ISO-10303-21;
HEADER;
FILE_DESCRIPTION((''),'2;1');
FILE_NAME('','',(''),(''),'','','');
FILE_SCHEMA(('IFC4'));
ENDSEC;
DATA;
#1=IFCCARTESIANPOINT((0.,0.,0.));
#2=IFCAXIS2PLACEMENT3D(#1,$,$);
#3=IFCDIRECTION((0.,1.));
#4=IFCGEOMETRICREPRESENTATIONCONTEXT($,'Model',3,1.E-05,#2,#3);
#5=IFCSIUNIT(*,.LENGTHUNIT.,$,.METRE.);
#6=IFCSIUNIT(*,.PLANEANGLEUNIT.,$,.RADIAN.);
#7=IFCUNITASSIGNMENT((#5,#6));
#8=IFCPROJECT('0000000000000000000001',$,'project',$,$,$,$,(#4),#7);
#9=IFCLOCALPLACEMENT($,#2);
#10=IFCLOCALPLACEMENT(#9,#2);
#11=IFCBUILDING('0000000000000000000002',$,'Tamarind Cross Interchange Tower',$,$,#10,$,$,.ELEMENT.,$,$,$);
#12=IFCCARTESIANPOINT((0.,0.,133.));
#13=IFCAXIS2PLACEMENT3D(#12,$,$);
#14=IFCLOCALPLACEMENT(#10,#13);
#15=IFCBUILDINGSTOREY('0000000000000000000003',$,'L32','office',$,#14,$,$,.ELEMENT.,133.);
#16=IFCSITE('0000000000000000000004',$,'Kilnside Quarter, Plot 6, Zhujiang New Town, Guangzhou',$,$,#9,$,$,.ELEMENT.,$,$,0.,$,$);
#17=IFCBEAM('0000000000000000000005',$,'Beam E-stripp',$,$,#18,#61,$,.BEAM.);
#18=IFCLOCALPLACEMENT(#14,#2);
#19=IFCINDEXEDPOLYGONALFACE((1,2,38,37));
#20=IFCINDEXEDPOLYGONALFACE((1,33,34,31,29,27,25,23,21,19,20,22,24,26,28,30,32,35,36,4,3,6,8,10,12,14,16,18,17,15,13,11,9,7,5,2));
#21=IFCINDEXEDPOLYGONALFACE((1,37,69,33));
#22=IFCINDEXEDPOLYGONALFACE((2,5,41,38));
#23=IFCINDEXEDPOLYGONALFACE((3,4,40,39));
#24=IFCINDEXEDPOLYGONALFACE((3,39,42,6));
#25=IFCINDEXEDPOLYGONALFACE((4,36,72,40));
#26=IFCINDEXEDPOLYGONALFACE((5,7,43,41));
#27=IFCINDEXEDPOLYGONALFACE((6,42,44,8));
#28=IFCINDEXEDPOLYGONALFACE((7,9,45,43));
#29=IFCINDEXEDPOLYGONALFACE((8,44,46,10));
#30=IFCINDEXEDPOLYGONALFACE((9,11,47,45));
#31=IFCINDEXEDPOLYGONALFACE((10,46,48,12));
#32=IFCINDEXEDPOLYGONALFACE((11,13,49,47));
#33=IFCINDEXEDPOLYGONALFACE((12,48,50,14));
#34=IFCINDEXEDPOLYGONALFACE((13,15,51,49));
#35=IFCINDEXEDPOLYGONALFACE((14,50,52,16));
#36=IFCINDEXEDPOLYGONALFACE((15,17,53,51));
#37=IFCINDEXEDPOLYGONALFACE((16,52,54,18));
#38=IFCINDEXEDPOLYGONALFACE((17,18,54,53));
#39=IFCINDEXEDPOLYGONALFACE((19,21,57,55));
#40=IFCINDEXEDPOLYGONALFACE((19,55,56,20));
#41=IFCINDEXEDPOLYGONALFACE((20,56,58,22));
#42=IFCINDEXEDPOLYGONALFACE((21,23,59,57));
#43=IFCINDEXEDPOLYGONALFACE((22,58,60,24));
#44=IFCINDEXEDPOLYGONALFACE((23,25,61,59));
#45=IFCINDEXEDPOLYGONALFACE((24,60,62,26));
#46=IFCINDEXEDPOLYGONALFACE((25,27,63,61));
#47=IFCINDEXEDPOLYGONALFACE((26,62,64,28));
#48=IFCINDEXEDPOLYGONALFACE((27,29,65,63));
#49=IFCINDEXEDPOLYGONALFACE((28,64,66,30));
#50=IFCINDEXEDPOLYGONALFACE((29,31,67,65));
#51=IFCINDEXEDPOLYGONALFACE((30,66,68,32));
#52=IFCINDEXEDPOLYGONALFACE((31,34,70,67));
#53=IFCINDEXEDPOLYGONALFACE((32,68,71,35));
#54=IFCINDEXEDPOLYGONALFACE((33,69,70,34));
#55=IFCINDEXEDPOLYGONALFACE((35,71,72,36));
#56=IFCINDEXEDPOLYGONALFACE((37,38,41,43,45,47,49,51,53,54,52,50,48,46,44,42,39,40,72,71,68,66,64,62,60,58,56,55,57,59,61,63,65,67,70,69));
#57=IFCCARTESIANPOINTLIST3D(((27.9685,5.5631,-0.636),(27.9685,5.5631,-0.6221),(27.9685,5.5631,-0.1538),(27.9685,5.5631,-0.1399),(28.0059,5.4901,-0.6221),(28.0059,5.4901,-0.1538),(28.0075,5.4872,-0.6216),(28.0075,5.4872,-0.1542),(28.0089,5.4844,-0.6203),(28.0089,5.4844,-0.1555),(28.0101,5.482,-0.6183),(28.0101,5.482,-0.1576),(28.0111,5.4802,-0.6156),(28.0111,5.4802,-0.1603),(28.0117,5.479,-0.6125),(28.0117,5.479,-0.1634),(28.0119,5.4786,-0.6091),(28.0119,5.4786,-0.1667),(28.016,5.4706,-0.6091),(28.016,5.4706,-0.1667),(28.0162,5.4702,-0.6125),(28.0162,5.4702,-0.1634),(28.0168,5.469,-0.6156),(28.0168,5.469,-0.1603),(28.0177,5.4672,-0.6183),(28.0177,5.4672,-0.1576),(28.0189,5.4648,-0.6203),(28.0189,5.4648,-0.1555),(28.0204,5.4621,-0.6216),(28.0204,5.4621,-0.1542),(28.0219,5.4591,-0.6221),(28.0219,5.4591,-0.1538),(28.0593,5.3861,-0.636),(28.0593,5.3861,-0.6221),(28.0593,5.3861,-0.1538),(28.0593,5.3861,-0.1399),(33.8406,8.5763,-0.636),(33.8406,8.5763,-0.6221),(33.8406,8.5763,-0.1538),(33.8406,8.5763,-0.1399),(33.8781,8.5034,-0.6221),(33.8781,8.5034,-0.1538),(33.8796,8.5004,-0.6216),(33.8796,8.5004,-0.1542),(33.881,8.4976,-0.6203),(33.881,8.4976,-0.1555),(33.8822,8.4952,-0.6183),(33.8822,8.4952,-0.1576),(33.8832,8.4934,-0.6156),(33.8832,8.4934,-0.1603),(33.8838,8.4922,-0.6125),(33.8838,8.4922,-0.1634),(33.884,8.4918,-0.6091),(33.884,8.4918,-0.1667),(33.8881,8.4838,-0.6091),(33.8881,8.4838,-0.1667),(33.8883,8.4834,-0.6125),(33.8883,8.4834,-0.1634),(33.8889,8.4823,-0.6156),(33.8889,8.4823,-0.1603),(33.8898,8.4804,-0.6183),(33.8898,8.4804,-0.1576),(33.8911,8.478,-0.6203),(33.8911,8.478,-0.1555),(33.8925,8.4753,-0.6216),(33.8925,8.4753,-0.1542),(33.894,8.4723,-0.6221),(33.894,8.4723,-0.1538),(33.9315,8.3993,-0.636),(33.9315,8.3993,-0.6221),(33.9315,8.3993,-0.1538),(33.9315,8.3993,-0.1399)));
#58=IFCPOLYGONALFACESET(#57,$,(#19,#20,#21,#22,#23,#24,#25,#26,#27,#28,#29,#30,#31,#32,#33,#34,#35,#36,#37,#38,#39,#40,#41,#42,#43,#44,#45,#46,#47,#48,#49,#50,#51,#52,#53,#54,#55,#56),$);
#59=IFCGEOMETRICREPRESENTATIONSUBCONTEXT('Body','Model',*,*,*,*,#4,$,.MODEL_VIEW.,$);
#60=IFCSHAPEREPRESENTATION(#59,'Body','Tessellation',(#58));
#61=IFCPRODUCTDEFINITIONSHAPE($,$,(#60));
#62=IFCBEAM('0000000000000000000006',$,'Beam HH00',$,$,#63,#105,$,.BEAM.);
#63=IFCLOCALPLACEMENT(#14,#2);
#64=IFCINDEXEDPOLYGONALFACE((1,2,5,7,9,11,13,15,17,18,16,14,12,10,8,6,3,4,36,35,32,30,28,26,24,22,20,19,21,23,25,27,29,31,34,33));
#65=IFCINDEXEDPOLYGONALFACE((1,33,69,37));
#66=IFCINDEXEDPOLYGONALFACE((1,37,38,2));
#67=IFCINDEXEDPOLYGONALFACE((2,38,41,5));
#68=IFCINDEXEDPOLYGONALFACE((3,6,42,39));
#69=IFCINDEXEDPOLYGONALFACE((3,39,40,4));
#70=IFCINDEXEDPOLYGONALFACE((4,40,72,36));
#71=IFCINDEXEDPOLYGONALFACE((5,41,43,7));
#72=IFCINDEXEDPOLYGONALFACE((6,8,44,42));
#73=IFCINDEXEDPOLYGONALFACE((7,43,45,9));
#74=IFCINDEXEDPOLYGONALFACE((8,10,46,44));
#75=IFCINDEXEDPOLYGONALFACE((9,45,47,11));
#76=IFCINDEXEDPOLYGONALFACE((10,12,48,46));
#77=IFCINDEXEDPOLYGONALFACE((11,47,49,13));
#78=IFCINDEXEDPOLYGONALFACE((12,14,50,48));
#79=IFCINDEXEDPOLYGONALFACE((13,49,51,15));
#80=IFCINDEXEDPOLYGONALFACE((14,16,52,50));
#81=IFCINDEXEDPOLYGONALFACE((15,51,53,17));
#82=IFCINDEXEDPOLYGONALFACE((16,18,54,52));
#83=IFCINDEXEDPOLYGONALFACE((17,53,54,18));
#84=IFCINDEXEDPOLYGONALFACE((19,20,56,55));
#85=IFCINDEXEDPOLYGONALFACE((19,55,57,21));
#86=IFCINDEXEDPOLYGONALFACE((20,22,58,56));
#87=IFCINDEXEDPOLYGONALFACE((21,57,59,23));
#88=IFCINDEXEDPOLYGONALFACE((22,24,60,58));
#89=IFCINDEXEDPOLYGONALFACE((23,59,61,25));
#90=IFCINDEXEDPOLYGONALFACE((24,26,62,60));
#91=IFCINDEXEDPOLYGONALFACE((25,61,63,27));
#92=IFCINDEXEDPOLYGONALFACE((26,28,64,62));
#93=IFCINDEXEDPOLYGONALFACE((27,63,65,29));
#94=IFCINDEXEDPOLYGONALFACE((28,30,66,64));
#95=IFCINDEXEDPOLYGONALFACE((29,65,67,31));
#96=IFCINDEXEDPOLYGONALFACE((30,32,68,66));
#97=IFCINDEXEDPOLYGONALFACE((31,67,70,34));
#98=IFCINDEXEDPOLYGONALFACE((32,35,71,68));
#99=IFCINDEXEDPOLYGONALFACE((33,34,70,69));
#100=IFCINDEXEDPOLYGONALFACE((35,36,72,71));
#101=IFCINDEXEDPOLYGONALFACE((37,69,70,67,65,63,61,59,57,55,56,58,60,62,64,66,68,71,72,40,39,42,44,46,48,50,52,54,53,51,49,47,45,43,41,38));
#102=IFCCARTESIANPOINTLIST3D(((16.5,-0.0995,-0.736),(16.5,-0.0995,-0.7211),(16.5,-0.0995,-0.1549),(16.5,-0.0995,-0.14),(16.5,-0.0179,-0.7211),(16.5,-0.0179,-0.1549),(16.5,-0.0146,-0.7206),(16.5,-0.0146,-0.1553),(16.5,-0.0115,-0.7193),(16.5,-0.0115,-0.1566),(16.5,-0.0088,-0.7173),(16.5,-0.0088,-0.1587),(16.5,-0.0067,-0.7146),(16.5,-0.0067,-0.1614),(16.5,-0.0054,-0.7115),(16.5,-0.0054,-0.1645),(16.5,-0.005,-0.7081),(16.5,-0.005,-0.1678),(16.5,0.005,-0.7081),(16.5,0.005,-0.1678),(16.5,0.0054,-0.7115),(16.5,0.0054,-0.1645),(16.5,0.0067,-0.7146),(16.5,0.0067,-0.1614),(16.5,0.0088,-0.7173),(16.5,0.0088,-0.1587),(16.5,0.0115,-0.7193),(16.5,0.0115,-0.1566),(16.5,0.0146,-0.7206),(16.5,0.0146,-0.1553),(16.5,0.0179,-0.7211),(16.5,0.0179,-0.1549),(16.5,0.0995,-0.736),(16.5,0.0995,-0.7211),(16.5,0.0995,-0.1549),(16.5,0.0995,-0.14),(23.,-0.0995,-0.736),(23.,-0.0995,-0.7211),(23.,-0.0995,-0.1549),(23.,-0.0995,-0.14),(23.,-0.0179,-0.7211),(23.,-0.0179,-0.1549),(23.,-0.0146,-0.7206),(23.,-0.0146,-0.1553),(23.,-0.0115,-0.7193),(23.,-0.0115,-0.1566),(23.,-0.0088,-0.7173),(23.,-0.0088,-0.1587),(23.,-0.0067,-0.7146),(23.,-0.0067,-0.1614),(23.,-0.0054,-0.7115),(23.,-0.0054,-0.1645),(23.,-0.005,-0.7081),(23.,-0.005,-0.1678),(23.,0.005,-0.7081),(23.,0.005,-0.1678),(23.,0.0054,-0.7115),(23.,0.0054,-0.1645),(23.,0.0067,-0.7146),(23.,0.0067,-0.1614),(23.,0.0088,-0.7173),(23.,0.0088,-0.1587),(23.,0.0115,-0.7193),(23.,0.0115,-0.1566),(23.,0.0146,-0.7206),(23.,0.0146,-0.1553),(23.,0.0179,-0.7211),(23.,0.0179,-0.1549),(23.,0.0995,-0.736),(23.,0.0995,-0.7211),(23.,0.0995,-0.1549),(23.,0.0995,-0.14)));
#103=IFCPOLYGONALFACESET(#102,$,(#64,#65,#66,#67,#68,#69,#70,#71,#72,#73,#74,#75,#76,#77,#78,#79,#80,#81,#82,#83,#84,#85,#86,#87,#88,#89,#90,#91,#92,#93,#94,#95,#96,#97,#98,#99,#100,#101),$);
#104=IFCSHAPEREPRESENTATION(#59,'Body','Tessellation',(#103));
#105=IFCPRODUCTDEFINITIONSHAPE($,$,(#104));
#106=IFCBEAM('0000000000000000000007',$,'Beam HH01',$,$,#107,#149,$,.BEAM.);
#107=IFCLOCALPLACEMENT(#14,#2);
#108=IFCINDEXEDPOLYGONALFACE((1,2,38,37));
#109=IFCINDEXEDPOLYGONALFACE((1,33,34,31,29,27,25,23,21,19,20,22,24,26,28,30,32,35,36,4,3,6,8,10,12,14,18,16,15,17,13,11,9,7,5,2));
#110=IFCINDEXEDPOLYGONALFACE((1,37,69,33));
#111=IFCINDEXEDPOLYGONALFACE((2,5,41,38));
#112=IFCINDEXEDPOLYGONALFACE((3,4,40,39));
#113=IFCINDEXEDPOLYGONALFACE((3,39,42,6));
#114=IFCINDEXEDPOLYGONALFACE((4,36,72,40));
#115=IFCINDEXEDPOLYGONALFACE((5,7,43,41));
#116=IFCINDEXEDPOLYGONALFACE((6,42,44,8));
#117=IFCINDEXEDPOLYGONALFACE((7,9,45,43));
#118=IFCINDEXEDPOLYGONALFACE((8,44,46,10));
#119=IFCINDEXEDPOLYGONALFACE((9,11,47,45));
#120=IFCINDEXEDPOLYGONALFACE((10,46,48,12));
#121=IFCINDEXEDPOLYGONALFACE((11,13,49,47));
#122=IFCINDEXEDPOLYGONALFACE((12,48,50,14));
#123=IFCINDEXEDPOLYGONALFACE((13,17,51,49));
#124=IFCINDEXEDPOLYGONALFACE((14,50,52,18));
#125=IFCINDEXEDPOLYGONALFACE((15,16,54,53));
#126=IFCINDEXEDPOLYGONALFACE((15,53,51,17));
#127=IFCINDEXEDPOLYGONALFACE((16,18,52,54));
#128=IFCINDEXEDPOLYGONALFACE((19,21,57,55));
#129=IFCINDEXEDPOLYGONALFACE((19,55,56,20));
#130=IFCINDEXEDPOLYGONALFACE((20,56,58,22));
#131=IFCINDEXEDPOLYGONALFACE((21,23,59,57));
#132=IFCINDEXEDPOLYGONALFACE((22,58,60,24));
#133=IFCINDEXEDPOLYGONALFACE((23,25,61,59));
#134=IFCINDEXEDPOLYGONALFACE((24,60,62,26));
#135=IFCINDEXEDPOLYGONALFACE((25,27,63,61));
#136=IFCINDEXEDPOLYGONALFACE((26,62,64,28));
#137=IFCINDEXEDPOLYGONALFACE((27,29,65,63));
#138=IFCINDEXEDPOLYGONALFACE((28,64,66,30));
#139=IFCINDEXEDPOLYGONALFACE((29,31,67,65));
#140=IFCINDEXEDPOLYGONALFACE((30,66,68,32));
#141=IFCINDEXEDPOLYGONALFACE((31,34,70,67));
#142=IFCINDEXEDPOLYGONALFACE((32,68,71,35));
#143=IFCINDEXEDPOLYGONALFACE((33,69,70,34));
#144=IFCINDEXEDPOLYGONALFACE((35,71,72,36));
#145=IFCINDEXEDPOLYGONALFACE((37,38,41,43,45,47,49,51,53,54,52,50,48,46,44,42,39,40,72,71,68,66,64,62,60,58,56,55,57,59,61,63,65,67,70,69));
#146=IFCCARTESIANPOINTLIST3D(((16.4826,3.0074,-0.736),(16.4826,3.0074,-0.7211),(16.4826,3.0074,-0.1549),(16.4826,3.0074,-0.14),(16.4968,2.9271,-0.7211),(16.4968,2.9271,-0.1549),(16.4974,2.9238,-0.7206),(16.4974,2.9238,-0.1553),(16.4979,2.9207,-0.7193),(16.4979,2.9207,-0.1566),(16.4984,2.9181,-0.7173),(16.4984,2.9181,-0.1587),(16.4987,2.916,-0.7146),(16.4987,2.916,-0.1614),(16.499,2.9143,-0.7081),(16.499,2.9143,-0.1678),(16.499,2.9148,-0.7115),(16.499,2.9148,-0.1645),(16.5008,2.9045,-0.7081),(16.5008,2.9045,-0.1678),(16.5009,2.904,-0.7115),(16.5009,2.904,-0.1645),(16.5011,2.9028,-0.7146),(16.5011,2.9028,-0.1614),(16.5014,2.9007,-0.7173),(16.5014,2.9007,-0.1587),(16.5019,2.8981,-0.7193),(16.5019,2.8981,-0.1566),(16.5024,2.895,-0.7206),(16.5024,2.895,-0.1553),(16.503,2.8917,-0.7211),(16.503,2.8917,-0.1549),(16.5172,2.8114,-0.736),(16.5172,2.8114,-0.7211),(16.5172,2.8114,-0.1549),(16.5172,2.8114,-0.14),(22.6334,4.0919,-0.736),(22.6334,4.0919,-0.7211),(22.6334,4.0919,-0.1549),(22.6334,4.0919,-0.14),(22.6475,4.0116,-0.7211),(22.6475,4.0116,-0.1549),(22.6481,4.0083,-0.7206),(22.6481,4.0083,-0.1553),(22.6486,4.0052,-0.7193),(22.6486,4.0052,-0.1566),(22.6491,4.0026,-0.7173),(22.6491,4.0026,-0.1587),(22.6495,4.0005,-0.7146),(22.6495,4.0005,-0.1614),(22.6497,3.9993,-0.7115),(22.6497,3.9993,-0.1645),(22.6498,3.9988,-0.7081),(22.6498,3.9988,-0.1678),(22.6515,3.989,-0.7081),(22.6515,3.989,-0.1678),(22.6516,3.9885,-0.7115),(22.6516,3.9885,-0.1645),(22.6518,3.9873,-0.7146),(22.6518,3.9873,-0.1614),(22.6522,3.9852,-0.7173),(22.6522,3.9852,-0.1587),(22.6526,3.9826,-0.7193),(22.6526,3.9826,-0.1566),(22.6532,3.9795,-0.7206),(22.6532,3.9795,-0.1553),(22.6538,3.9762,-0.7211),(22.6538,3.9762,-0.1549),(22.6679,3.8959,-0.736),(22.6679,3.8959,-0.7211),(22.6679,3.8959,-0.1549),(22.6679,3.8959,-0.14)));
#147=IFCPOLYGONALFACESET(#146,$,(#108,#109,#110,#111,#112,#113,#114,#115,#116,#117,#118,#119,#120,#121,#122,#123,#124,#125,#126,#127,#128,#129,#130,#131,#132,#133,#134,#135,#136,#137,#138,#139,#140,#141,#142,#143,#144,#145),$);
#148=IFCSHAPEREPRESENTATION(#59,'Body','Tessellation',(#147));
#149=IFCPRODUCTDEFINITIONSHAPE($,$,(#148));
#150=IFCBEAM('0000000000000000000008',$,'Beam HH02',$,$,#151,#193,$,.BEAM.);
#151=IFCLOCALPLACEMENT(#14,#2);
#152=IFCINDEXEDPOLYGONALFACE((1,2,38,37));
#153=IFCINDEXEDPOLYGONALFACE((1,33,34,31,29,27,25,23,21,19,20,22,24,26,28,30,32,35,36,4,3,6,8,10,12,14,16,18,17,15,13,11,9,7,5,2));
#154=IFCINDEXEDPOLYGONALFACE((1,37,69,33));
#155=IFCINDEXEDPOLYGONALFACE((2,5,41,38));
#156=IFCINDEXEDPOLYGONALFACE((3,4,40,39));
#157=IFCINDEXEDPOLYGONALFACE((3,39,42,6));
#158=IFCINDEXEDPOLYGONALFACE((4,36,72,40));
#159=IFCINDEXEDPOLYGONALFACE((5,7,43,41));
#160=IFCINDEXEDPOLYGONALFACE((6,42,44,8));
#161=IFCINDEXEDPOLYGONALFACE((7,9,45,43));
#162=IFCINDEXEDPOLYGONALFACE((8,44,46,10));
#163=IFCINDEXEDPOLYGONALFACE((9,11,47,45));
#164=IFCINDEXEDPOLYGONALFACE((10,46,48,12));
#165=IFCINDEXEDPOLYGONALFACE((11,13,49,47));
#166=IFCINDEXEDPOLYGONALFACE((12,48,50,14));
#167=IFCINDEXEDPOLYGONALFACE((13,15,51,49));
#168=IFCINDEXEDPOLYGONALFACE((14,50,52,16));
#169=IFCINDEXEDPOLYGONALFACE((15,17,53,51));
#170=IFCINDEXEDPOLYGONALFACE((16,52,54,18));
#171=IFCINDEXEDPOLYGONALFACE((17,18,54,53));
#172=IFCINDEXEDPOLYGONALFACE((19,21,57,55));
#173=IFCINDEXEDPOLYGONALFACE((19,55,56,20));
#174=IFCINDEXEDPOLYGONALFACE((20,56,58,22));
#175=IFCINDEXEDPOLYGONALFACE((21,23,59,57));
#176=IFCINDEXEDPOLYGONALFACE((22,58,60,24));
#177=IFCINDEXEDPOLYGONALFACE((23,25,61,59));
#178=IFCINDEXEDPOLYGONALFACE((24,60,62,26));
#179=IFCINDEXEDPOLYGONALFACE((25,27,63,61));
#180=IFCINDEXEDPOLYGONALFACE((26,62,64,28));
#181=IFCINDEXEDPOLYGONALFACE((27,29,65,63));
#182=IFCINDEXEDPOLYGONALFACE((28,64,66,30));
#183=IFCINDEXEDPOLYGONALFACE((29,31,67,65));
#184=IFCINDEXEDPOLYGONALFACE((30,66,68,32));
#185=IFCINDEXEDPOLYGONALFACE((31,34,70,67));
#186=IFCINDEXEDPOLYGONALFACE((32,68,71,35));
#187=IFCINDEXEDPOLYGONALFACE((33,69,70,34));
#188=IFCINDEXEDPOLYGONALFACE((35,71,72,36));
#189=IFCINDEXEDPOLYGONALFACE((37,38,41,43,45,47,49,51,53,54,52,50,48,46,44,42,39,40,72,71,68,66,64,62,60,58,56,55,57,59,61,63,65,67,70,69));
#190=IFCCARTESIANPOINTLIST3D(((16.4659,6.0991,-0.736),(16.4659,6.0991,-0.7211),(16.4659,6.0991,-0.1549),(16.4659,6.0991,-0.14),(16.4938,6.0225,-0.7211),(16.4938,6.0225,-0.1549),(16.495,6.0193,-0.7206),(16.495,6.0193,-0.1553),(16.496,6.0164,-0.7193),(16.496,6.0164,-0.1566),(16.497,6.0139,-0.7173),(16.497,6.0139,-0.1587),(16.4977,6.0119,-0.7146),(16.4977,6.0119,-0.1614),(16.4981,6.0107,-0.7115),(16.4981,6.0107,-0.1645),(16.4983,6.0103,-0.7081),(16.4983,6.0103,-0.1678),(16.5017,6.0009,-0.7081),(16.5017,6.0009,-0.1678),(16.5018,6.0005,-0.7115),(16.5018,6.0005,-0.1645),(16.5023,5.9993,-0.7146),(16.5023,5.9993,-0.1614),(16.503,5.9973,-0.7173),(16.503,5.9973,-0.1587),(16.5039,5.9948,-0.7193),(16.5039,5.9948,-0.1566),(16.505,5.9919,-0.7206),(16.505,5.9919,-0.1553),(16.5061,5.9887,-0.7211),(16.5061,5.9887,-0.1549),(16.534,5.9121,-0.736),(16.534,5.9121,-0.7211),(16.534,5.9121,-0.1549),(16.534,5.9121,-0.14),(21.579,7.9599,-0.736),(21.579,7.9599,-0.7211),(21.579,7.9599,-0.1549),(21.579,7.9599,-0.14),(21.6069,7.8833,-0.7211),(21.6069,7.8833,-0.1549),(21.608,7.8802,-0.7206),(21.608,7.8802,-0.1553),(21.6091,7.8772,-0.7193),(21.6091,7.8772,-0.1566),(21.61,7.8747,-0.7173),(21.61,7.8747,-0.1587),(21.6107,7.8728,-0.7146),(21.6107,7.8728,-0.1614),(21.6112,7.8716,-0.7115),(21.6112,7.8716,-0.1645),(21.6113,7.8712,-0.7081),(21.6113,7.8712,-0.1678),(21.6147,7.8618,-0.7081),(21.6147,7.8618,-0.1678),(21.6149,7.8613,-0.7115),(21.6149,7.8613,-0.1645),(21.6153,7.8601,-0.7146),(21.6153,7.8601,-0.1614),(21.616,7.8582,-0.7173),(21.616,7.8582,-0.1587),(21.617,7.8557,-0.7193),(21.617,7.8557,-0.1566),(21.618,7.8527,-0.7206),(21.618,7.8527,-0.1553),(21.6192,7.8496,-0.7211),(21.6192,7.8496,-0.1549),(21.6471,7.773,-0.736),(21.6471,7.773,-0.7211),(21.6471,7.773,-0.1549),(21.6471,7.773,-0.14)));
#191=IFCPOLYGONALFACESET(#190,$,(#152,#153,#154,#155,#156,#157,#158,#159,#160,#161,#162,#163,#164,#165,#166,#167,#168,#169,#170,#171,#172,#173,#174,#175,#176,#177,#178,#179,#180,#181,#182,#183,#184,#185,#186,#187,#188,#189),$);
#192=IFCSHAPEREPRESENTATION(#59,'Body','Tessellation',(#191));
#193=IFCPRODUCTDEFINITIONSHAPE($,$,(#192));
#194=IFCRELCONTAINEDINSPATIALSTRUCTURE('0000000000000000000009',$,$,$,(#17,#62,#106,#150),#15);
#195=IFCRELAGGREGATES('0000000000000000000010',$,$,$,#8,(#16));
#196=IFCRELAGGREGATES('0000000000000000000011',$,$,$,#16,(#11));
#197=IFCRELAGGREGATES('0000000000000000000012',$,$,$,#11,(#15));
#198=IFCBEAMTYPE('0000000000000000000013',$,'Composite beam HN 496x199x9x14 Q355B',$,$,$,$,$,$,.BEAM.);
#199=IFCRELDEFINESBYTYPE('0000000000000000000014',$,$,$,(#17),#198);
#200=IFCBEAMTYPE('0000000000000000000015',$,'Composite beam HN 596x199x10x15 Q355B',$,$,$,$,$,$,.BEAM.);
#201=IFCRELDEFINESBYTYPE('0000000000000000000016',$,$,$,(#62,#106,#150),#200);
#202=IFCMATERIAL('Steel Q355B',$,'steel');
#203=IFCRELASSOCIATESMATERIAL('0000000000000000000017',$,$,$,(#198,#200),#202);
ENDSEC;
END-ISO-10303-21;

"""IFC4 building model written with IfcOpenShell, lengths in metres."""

from ifc_helpers import new_model, si_unit, direction, frame, origin, origin_2d, place, context, subcontext, project, spatial, i_section, extrude, material, material_profile, profile_set, type_object, element, save


model = new_model("IFC4")

# Units and contexts
model_context = context("Model", 3, precision=1e-05, world=origin(), true_north=direction((0.0, 1.0)))
body_context = subcontext(model_context, "Body", "Model", "MODEL_VIEW")
ifc_project = project(units=[si_unit("LENGTHUNIT", "METRE"), si_unit("PLANEANGLEUNIT", "RADIAN")], contexts=[model_context])

# Site, building, storey
site_placement = place(None, origin())
site = spatial("IfcSite", under=ifc_project, at=site_placement, Name="Kilnside Quarter, Plot 6, Zhujiang New Town, Guangzhou", CompositionType="ELEMENT", RefElevation=0.0)
building_placement = place(site_placement, origin())
building = spatial("IfcBuilding", under=site, at=building_placement, Name="Tamarind Cross Interchange Tower", CompositionType="ELEMENT")
storey_placement = place(building_placement, frame((0.0, 0.0, 133.0)))
storey = spatial("IfcBuildingStorey", under=building, at=storey_placement, Name="L32", Description="office", CompositionType="ELEMENT", Elevation=133.0)

# Beams
ifc_material_1 = material(Name="Steel Q355B", Category="steel")
ifc_material_profile_1 = material_profile(ifc_material_1, i_section(OverallWidth=0.199, OverallDepth=0.4961, WebThickness=0.009, FlangeThickness=0.0139, FilletRadius=0.0129, at=origin_2d()), Name="HN 496x199x9x14")
ifc_profile_set_1 = profile_set([ifc_material_profile_1], Name="Steel Q355B")
beam_type_1 = type_object("IfcBeamType", Name="Composite beam HN 496x199x9x14 Q355B", PredefinedType="BEAM", material=ifc_profile_set_1)
beam_1_placement = place(storey_placement, frame((28.0139, 5.4746, -0.3879), z_axis=(0.889703, 0.45654, 0.0), x_axis=(-0.45654, 0.889703, 0.0)))
element("IfcBeam", 1, at=beam_1_placement, inside=storey, type_object=beam_type_1, Name="Beam E-stripp", PredefinedType="BEAM", context=body_context, shape_type="SweptSolid", body=[
    extrude(i_section(OverallWidth=0.199, OverallDepth=0.4961, WebThickness=0.009, FlangeThickness=0.0139, FilletRadius=0.0129, at=origin_2d()), origin(), (0.0, 0.0, 1.0), 6.6001),
])
ifc_material_profile_2 = material_profile(ifc_material_1, i_section(OverallWidth=0.199, OverallDepth=0.5959, WebThickness=0.01, FlangeThickness=0.0149, FilletRadius=0.0129, at=origin_2d()), Name="HN 596x199x10x15")
ifc_profile_set_2 = profile_set([ifc_material_profile_2], Name="Steel Q355B")
beam_type_2 = type_object("IfcBeamType", Name="Composite beam HN 596x199x10x15 Q355B", PredefinedType="BEAM", material=ifc_profile_set_2)
beam_2_placement = place(storey_placement, frame((23.0, 0.0, -0.438), z_axis=(-1.0, 0.0, 0.0), x_axis=(0.0, -1.0, 0.0)))
element("IfcBeam", 2, at=beam_2_placement, inside=storey, type_object=beam_type_2, Name="Beam HH00", PredefinedType="BEAM", context=body_context, shape_type="SweptSolid", body=[
    extrude(i_section(OverallWidth=0.199, OverallDepth=0.5959, WebThickness=0.01, FlangeThickness=0.0149, FilletRadius=0.0129, at=origin_2d()), origin(), (0.0, 0.0, 1.0), 6.5),
])
beam_3_placement = place(storey_placement, frame((22.6506, 3.9939, -0.438), z_axis=(-0.984809, -0.17364, 0.0), x_axis=(0.17364, -0.984809, 0.0)))
element("IfcBeam", 3, at=beam_3_placement, inside=storey, type_object=beam_type_2, Name="Beam HH01", PredefinedType="BEAM", context=body_context, shape_type="SweptSolid", body=[
    extrude(i_section(OverallWidth=0.199, OverallDepth=0.5959, WebThickness=0.01, FlangeThickness=0.0149, FilletRadius=0.0129, at=origin_2d()), origin(), (0.0, 0.0, 1.0), 6.2456),
])
beam_4_placement = place(storey_placement, frame((21.613, 7.8665, -0.438), z_axis=(-0.939702, -0.341995, 0.0), x_axis=(0.341995, -0.939702, 0.0)))
element("IfcBeam", 4, at=beam_4_placement, inside=storey, type_object=beam_type_2, Name="Beam HH02", PredefinedType="BEAM", context=body_context, shape_type="SweptSolid", body=[
    extrude(i_section(OverallWidth=0.199, OverallDepth=0.5959, WebThickness=0.01, FlangeThickness=0.0149, FilletRadius=0.0129, at=origin_2d()), origin(), (0.0, 0.0, 1.0), 5.4412),
])

save(model, "model.ifc")
